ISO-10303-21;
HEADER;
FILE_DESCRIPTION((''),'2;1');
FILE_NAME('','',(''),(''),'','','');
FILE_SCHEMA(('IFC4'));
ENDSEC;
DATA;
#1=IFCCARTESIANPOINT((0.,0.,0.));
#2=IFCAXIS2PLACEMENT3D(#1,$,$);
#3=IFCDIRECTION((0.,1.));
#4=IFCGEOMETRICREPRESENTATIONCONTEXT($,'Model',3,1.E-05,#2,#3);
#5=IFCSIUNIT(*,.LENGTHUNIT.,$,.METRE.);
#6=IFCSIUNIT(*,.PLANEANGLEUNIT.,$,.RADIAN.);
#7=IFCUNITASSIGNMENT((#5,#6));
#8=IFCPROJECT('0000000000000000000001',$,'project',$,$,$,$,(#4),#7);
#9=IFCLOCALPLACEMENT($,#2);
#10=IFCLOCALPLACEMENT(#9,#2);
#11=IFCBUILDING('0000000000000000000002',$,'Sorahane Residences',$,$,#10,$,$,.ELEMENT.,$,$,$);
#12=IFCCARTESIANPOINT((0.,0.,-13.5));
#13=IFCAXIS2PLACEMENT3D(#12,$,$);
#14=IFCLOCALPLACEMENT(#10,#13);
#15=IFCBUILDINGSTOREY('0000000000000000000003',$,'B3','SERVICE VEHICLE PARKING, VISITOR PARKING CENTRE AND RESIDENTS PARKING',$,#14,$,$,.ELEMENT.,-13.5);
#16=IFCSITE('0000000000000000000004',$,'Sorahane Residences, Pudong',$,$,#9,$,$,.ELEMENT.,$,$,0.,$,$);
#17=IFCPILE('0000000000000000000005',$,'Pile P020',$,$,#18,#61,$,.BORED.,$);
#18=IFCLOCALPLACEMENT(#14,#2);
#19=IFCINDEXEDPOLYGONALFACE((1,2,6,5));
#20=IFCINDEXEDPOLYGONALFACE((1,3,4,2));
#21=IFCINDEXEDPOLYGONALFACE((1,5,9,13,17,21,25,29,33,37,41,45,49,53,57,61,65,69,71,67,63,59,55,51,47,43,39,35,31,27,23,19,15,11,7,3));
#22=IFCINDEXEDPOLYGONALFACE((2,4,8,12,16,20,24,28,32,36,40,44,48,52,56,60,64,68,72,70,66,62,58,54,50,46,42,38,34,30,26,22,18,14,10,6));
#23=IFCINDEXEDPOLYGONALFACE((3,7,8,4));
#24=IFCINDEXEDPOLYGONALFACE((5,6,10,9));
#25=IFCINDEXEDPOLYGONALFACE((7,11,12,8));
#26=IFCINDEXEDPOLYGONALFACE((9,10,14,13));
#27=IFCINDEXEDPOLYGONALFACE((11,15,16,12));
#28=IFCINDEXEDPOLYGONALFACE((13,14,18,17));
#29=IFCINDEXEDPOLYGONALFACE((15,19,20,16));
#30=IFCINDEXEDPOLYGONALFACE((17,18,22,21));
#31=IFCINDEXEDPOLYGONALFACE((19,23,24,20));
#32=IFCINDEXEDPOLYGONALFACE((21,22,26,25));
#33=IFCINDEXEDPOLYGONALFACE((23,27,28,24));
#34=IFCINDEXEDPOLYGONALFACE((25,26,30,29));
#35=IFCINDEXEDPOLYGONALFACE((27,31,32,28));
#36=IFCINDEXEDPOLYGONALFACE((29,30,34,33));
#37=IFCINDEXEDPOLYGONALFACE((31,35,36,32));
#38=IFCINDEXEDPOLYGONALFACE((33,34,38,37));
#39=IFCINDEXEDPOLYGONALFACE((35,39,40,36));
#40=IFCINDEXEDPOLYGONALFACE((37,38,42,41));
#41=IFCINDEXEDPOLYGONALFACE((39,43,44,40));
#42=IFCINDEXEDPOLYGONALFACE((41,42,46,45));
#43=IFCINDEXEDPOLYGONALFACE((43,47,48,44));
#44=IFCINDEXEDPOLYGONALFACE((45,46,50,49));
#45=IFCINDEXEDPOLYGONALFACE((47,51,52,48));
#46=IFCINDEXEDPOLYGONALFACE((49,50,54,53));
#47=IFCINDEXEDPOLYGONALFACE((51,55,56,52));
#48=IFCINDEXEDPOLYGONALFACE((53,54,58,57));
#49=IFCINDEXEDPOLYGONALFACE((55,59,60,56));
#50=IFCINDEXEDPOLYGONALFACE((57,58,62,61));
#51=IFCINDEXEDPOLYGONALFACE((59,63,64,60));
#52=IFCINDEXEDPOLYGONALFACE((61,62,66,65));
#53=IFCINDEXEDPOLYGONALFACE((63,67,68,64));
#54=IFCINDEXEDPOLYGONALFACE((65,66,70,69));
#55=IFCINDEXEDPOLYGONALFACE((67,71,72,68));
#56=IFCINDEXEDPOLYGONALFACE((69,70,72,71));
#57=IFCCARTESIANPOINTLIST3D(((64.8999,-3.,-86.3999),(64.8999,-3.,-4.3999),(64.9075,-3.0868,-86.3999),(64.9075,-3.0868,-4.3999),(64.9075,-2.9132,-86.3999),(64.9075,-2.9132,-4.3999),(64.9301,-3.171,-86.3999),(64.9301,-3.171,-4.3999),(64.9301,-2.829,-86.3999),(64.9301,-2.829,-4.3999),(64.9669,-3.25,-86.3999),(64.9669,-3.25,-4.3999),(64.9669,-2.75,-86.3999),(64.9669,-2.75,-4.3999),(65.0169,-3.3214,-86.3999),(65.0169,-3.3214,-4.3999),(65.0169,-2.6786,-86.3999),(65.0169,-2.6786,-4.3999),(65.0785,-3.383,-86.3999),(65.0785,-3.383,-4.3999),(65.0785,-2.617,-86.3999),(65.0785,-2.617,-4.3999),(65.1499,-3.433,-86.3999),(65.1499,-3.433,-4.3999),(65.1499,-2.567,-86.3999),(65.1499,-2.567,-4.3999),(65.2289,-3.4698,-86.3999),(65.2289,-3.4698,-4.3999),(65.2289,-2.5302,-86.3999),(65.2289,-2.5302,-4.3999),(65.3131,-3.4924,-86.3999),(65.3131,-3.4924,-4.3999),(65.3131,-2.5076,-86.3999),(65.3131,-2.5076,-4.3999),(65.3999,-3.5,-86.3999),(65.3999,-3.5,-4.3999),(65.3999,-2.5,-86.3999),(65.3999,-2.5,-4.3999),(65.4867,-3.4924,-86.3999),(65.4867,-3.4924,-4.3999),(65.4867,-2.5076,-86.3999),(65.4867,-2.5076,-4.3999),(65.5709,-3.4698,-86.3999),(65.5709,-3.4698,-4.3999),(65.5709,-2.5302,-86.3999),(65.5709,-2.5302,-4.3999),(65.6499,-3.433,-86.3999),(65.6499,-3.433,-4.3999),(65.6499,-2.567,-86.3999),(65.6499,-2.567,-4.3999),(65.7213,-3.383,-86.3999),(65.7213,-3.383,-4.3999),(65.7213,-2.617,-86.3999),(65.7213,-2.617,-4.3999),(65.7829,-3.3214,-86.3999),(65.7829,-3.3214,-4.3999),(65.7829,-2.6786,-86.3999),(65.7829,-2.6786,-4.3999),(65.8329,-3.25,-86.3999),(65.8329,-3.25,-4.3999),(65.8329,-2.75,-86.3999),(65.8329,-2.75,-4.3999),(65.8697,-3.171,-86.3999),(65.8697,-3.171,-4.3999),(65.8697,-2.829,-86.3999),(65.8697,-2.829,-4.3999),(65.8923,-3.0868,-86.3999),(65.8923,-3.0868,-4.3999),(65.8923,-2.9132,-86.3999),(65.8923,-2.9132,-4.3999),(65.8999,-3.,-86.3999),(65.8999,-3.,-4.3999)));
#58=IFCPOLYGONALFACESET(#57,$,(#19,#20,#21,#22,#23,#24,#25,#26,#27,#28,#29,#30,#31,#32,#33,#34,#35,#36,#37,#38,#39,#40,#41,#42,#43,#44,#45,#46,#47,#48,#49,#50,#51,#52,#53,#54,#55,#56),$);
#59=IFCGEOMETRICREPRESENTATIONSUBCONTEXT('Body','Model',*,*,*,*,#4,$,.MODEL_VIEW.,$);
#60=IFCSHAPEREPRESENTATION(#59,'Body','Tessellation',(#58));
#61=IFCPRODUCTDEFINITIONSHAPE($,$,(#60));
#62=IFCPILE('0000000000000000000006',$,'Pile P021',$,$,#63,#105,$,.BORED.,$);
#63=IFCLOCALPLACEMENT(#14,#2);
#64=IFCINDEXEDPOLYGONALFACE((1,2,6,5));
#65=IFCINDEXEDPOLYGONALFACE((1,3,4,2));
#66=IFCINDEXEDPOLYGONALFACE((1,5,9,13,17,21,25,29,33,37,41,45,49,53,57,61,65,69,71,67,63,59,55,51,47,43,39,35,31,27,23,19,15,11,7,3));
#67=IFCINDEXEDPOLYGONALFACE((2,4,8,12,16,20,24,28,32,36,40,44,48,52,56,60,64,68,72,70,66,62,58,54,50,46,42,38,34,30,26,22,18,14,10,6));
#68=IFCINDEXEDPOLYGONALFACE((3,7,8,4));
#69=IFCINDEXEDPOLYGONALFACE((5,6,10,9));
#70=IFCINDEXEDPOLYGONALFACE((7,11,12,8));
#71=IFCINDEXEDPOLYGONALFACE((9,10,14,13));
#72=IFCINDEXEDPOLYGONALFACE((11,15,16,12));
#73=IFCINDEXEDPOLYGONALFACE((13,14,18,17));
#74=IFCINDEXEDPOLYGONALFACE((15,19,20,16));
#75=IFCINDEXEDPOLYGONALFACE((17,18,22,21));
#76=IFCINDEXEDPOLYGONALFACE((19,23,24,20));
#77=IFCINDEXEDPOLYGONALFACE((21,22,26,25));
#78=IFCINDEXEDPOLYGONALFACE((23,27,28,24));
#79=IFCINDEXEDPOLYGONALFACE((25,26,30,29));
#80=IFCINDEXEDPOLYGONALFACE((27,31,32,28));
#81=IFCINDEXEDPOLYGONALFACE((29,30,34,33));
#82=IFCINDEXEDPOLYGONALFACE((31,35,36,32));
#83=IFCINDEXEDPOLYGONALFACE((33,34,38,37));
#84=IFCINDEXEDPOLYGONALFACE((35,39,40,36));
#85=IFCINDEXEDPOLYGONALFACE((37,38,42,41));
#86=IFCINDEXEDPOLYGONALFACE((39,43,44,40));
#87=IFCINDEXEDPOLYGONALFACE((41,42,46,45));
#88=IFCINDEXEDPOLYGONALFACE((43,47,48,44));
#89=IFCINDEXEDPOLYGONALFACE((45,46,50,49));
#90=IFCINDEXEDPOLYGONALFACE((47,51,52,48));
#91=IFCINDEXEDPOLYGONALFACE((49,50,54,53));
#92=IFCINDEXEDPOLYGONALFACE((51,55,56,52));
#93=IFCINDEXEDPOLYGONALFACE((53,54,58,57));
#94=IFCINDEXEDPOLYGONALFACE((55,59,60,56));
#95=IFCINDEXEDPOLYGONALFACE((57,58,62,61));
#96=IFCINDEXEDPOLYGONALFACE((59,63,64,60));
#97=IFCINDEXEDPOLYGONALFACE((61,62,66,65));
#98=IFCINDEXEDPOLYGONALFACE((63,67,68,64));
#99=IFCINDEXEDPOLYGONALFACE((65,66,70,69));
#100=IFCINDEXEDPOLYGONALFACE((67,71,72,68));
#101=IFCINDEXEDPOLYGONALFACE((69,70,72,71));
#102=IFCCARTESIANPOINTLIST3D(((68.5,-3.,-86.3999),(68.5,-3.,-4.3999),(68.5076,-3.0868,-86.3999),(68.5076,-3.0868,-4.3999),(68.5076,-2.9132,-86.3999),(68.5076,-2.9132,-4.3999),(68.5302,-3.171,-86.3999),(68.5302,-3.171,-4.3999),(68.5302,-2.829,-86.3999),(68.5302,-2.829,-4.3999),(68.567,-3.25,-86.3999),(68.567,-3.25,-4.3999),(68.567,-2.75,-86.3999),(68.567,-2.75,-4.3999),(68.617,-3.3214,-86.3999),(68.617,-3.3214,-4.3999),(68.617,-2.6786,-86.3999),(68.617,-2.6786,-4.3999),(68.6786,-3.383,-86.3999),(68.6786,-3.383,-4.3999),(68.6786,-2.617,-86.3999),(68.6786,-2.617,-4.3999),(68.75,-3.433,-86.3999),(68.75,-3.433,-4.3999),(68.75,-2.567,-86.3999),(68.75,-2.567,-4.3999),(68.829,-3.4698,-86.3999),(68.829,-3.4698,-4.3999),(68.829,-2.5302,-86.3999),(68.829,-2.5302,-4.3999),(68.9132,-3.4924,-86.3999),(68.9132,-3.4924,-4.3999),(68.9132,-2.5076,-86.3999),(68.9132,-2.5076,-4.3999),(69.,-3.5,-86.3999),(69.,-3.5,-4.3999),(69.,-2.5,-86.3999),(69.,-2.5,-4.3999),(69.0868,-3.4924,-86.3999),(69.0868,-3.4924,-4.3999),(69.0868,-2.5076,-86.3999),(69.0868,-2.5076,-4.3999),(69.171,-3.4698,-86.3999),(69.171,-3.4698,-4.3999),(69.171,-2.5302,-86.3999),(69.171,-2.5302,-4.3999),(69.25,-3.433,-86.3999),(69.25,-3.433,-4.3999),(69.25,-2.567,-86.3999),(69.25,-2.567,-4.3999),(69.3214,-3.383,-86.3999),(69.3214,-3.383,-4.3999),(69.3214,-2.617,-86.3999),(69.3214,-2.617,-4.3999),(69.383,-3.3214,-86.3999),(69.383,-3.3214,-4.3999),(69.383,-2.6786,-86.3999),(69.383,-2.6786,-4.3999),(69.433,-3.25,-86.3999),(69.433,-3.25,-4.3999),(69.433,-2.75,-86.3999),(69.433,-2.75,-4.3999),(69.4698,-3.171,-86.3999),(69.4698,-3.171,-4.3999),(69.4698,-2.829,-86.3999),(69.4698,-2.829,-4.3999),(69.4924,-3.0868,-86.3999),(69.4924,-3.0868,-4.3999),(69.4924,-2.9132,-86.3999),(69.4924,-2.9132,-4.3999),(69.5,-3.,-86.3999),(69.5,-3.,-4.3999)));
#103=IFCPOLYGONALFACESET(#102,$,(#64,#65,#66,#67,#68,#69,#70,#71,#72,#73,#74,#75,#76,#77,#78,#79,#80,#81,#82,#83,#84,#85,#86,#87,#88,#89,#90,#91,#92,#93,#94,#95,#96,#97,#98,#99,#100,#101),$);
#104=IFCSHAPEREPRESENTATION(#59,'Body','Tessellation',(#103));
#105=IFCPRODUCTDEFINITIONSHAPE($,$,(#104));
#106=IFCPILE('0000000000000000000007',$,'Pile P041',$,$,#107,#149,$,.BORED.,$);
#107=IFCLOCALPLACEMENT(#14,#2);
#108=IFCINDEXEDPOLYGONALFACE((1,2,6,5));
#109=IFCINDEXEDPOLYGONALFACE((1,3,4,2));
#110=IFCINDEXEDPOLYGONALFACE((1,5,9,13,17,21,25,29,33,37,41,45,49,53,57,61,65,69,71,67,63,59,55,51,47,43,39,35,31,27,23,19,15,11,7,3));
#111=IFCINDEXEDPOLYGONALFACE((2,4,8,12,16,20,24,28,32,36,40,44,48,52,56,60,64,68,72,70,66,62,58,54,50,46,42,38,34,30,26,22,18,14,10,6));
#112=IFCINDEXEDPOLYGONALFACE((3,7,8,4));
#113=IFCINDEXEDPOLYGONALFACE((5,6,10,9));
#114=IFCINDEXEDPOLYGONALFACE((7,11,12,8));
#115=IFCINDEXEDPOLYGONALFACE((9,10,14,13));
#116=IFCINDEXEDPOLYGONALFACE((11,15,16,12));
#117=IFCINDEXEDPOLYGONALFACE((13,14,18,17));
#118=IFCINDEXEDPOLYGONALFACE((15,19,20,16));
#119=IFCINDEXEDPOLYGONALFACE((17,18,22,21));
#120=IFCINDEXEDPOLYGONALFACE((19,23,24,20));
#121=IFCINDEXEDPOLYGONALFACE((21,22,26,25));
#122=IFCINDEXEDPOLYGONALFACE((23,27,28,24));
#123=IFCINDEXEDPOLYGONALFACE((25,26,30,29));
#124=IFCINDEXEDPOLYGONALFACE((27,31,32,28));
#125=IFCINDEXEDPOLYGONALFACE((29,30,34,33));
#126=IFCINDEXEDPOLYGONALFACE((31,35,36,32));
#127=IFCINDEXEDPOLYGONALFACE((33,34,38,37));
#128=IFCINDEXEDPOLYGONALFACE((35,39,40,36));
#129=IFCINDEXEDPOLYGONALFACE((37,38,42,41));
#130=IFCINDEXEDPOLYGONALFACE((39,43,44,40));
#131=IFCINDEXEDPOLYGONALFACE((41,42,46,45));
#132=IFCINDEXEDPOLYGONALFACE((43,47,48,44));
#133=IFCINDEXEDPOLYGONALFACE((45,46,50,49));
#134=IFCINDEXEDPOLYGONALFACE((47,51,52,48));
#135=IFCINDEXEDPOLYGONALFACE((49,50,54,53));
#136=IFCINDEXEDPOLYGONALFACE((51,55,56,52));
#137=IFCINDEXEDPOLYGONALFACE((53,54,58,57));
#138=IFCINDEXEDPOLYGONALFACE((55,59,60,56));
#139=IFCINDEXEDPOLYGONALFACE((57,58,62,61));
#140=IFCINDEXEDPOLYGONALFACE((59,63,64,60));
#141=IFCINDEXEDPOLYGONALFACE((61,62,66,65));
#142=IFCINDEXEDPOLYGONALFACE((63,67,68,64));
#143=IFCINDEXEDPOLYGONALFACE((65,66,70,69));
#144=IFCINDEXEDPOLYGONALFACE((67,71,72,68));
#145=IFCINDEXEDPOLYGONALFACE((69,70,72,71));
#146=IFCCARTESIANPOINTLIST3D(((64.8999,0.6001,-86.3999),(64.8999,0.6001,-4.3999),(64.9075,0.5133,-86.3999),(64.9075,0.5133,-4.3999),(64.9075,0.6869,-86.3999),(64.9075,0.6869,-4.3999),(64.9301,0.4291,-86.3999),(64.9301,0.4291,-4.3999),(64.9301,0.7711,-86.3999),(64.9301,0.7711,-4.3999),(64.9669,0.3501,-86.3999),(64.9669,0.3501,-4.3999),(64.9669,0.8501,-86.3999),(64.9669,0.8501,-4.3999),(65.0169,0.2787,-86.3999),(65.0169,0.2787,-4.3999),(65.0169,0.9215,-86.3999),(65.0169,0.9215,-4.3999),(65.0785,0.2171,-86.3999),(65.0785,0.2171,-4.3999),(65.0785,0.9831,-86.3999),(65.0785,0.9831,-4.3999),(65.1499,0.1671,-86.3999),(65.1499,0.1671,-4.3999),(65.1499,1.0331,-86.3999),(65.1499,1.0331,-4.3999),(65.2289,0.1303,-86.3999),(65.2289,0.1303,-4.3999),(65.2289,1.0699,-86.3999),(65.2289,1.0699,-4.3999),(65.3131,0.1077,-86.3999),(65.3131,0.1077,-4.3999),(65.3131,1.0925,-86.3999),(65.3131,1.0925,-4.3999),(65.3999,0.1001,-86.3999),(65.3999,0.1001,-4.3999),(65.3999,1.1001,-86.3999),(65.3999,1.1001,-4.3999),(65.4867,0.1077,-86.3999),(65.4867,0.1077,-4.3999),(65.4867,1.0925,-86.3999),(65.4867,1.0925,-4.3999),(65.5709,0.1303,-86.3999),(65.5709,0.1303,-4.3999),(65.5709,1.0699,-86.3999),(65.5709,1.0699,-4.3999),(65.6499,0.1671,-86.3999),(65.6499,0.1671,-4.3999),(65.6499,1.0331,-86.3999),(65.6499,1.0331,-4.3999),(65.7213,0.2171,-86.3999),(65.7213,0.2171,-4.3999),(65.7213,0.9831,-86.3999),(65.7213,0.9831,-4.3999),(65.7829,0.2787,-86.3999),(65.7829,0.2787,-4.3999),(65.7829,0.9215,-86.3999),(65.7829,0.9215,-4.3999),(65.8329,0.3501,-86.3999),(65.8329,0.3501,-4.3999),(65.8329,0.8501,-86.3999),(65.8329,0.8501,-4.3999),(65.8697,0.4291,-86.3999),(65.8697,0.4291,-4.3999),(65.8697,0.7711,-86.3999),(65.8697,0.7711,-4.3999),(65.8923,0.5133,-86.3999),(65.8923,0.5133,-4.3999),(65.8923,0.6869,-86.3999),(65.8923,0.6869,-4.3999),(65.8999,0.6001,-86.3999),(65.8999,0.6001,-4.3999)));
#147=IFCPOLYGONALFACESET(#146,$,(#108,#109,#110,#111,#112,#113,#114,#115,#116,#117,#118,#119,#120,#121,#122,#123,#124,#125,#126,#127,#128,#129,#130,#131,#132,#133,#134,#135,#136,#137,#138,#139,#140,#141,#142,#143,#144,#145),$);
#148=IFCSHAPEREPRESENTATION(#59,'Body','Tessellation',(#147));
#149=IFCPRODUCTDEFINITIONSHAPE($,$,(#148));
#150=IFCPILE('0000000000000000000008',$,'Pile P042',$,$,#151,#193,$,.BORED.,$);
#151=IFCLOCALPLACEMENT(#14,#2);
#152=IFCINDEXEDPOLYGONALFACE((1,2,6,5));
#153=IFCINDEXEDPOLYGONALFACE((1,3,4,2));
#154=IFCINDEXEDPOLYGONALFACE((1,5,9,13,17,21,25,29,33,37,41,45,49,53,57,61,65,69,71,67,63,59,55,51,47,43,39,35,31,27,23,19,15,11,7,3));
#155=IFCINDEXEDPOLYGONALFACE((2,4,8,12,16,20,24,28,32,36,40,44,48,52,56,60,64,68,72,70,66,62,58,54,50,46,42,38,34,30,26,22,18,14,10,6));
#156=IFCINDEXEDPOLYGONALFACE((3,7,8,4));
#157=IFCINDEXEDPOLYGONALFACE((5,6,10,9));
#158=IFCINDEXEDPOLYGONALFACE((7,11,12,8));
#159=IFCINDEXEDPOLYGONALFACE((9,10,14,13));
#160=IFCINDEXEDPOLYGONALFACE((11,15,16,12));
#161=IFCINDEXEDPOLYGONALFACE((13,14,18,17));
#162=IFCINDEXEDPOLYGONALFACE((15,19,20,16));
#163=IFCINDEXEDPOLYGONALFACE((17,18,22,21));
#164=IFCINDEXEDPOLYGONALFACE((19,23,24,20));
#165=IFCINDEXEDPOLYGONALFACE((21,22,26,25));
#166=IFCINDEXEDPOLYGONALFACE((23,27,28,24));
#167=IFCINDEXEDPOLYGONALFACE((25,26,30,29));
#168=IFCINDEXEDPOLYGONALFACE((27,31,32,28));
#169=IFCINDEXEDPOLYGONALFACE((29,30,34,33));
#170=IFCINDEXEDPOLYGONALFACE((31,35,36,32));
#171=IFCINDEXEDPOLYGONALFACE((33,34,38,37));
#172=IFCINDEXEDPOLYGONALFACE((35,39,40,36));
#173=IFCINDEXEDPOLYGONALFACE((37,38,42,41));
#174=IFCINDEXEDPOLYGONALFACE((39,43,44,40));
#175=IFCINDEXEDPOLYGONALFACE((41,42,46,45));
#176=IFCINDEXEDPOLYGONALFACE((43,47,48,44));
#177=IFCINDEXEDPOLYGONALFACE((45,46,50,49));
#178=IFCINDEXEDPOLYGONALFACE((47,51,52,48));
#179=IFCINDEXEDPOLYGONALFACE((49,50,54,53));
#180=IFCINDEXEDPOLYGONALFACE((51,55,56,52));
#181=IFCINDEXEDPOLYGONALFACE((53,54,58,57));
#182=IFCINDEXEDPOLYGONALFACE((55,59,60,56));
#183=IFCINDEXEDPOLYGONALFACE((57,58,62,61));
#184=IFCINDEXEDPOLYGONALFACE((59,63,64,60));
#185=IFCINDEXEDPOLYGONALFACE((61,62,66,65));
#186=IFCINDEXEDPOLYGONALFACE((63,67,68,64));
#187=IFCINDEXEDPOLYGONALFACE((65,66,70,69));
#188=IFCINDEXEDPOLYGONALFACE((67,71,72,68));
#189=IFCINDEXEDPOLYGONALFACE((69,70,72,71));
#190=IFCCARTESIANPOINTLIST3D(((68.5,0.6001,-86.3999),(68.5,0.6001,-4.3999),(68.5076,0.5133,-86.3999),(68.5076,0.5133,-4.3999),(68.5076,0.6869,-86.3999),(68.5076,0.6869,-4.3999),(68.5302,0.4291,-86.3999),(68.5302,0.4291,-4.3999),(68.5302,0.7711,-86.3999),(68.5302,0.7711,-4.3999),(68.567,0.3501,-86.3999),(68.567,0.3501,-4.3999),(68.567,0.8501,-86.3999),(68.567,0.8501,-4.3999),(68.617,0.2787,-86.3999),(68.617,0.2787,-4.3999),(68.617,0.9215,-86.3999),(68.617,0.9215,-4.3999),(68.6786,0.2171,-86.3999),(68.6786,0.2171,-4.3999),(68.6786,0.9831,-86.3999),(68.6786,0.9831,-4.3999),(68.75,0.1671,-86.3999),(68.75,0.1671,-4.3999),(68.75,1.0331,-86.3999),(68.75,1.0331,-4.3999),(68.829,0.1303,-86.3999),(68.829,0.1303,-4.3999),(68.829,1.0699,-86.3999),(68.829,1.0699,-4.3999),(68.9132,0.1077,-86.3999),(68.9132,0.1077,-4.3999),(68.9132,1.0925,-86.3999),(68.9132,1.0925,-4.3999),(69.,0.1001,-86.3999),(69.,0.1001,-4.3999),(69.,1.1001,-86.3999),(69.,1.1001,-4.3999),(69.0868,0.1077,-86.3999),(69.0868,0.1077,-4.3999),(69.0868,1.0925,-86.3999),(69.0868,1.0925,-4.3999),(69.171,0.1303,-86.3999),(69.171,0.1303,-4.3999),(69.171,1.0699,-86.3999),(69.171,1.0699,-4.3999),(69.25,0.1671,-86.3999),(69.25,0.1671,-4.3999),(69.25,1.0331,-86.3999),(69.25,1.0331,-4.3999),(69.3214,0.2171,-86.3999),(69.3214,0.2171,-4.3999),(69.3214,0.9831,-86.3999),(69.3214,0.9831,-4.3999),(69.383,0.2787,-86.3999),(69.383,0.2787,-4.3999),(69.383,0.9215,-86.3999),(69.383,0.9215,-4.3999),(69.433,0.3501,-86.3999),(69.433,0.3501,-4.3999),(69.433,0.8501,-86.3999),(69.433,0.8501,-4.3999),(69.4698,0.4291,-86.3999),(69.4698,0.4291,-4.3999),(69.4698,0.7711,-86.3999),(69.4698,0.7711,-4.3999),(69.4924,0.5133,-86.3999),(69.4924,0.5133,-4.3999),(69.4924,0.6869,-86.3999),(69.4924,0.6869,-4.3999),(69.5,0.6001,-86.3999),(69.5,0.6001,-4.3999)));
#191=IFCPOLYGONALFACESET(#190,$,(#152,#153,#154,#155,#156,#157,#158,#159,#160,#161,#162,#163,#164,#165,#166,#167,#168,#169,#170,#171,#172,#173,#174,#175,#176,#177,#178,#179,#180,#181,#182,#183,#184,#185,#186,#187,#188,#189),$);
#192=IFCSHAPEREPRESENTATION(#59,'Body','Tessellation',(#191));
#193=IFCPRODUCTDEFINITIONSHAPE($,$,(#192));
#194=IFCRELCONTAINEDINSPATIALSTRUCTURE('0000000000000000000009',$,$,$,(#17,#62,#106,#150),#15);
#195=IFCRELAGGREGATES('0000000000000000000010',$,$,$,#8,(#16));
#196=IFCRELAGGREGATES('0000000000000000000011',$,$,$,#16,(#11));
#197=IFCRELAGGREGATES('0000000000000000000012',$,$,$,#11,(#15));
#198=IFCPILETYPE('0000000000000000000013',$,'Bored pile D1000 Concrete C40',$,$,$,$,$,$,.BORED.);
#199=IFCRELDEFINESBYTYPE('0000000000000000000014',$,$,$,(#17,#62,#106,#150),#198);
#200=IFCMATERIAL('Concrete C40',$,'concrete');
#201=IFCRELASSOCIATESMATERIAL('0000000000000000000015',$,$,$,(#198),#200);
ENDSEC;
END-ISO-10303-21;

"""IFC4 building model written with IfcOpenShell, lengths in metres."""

from ifc_helpers import new_model, si_unit, direction, frame, origin, origin_2d, place, context, subcontext, project, spatial, circle, extrude, material, material_profile, profile_set, type_object, element, save


model = new_model("IFC4")

# Units and contexts
model_context = context("Model", 3, precision=1e-05, world=origin(), true_north=direction((0.0, 1.0)))
body_context = subcontext(model_context, "Body", "Model", "MODEL_VIEW")
ifc_project = project(units=[si_unit("LENGTHUNIT", "METRE"), si_unit("PLANEANGLEUNIT", "RADIAN")], contexts=[model_context])

# Site, building, storey
site_placement = place(None, origin())
site = spatial("IfcSite", under=ifc_project, at=site_placement, Name="Sorahane Residences, Pudong", CompositionType="ELEMENT", RefElevation=0.0)
building_placement = place(site_placement, origin())
building = spatial("IfcBuilding", under=site, at=building_placement, Name="Sorahane Residences", CompositionType="ELEMENT")
storey_placement = place(building_placement, frame((0.0, 0.0, -13.5)))
storey = spatial("IfcBuildingStorey", under=building, at=storey_placement, Name="B3", Description="SERVICE VEHICLE PARKING, VISITOR PARKING CENTRE AND RESIDENTS PARKING", CompositionType="ELEMENT", Elevation=-13.5)

# Piles
ifc_material_1 = material(Name="Concrete C40", Category="concrete")
ifc_material_profile_1 = material_profile(ifc_material_1, circle(Radius=0.5, at=origin_2d()), Name="D1000")
ifc_profile_set_1 = profile_set([ifc_material_profile_1], Name="Concrete C40")
pile_type = type_object("IfcPileType", Name="Bored pile D1000 Concrete C40", PredefinedType="BORED", material=ifc_profile_set_1)
for number, where, z_axis, x_axis, name in (
    (1, (65.3999, -3.0, -4.3999), (0.0, 0.0, -1.0), (1.0, 0.0, 0.0), "Pile P020"),
    (2, (69.0, -3.0, -4.3999), (0.0, 0.0, -1.0), (1.0, 0.0, 0.0), "Pile P021"),
    (3, (65.3999, 0.6001, -4.3999), (0.0, 0.0, -1.0), (1.0, 0.0, 0.0), "Pile P041"),
    (4, (69.0, 0.6001, -4.3999), (0.0, 0.0, -1.0), (1.0, 0.0, 0.0), "Pile P042"),
):
    element("IfcPile", number, at=place(storey_placement, frame(where, z_axis=z_axis, x_axis=x_axis)), inside=storey, type_object=pile_type, Name=name, PredefinedType="BORED", context=body_context, shape_type="SweptSolid", body=[
        extrude(circle(Radius=0.5, at=origin_2d()), origin(), (0.0, 0.0, 1.0), 82.0),
    ])

save(model, "model.ifc")
